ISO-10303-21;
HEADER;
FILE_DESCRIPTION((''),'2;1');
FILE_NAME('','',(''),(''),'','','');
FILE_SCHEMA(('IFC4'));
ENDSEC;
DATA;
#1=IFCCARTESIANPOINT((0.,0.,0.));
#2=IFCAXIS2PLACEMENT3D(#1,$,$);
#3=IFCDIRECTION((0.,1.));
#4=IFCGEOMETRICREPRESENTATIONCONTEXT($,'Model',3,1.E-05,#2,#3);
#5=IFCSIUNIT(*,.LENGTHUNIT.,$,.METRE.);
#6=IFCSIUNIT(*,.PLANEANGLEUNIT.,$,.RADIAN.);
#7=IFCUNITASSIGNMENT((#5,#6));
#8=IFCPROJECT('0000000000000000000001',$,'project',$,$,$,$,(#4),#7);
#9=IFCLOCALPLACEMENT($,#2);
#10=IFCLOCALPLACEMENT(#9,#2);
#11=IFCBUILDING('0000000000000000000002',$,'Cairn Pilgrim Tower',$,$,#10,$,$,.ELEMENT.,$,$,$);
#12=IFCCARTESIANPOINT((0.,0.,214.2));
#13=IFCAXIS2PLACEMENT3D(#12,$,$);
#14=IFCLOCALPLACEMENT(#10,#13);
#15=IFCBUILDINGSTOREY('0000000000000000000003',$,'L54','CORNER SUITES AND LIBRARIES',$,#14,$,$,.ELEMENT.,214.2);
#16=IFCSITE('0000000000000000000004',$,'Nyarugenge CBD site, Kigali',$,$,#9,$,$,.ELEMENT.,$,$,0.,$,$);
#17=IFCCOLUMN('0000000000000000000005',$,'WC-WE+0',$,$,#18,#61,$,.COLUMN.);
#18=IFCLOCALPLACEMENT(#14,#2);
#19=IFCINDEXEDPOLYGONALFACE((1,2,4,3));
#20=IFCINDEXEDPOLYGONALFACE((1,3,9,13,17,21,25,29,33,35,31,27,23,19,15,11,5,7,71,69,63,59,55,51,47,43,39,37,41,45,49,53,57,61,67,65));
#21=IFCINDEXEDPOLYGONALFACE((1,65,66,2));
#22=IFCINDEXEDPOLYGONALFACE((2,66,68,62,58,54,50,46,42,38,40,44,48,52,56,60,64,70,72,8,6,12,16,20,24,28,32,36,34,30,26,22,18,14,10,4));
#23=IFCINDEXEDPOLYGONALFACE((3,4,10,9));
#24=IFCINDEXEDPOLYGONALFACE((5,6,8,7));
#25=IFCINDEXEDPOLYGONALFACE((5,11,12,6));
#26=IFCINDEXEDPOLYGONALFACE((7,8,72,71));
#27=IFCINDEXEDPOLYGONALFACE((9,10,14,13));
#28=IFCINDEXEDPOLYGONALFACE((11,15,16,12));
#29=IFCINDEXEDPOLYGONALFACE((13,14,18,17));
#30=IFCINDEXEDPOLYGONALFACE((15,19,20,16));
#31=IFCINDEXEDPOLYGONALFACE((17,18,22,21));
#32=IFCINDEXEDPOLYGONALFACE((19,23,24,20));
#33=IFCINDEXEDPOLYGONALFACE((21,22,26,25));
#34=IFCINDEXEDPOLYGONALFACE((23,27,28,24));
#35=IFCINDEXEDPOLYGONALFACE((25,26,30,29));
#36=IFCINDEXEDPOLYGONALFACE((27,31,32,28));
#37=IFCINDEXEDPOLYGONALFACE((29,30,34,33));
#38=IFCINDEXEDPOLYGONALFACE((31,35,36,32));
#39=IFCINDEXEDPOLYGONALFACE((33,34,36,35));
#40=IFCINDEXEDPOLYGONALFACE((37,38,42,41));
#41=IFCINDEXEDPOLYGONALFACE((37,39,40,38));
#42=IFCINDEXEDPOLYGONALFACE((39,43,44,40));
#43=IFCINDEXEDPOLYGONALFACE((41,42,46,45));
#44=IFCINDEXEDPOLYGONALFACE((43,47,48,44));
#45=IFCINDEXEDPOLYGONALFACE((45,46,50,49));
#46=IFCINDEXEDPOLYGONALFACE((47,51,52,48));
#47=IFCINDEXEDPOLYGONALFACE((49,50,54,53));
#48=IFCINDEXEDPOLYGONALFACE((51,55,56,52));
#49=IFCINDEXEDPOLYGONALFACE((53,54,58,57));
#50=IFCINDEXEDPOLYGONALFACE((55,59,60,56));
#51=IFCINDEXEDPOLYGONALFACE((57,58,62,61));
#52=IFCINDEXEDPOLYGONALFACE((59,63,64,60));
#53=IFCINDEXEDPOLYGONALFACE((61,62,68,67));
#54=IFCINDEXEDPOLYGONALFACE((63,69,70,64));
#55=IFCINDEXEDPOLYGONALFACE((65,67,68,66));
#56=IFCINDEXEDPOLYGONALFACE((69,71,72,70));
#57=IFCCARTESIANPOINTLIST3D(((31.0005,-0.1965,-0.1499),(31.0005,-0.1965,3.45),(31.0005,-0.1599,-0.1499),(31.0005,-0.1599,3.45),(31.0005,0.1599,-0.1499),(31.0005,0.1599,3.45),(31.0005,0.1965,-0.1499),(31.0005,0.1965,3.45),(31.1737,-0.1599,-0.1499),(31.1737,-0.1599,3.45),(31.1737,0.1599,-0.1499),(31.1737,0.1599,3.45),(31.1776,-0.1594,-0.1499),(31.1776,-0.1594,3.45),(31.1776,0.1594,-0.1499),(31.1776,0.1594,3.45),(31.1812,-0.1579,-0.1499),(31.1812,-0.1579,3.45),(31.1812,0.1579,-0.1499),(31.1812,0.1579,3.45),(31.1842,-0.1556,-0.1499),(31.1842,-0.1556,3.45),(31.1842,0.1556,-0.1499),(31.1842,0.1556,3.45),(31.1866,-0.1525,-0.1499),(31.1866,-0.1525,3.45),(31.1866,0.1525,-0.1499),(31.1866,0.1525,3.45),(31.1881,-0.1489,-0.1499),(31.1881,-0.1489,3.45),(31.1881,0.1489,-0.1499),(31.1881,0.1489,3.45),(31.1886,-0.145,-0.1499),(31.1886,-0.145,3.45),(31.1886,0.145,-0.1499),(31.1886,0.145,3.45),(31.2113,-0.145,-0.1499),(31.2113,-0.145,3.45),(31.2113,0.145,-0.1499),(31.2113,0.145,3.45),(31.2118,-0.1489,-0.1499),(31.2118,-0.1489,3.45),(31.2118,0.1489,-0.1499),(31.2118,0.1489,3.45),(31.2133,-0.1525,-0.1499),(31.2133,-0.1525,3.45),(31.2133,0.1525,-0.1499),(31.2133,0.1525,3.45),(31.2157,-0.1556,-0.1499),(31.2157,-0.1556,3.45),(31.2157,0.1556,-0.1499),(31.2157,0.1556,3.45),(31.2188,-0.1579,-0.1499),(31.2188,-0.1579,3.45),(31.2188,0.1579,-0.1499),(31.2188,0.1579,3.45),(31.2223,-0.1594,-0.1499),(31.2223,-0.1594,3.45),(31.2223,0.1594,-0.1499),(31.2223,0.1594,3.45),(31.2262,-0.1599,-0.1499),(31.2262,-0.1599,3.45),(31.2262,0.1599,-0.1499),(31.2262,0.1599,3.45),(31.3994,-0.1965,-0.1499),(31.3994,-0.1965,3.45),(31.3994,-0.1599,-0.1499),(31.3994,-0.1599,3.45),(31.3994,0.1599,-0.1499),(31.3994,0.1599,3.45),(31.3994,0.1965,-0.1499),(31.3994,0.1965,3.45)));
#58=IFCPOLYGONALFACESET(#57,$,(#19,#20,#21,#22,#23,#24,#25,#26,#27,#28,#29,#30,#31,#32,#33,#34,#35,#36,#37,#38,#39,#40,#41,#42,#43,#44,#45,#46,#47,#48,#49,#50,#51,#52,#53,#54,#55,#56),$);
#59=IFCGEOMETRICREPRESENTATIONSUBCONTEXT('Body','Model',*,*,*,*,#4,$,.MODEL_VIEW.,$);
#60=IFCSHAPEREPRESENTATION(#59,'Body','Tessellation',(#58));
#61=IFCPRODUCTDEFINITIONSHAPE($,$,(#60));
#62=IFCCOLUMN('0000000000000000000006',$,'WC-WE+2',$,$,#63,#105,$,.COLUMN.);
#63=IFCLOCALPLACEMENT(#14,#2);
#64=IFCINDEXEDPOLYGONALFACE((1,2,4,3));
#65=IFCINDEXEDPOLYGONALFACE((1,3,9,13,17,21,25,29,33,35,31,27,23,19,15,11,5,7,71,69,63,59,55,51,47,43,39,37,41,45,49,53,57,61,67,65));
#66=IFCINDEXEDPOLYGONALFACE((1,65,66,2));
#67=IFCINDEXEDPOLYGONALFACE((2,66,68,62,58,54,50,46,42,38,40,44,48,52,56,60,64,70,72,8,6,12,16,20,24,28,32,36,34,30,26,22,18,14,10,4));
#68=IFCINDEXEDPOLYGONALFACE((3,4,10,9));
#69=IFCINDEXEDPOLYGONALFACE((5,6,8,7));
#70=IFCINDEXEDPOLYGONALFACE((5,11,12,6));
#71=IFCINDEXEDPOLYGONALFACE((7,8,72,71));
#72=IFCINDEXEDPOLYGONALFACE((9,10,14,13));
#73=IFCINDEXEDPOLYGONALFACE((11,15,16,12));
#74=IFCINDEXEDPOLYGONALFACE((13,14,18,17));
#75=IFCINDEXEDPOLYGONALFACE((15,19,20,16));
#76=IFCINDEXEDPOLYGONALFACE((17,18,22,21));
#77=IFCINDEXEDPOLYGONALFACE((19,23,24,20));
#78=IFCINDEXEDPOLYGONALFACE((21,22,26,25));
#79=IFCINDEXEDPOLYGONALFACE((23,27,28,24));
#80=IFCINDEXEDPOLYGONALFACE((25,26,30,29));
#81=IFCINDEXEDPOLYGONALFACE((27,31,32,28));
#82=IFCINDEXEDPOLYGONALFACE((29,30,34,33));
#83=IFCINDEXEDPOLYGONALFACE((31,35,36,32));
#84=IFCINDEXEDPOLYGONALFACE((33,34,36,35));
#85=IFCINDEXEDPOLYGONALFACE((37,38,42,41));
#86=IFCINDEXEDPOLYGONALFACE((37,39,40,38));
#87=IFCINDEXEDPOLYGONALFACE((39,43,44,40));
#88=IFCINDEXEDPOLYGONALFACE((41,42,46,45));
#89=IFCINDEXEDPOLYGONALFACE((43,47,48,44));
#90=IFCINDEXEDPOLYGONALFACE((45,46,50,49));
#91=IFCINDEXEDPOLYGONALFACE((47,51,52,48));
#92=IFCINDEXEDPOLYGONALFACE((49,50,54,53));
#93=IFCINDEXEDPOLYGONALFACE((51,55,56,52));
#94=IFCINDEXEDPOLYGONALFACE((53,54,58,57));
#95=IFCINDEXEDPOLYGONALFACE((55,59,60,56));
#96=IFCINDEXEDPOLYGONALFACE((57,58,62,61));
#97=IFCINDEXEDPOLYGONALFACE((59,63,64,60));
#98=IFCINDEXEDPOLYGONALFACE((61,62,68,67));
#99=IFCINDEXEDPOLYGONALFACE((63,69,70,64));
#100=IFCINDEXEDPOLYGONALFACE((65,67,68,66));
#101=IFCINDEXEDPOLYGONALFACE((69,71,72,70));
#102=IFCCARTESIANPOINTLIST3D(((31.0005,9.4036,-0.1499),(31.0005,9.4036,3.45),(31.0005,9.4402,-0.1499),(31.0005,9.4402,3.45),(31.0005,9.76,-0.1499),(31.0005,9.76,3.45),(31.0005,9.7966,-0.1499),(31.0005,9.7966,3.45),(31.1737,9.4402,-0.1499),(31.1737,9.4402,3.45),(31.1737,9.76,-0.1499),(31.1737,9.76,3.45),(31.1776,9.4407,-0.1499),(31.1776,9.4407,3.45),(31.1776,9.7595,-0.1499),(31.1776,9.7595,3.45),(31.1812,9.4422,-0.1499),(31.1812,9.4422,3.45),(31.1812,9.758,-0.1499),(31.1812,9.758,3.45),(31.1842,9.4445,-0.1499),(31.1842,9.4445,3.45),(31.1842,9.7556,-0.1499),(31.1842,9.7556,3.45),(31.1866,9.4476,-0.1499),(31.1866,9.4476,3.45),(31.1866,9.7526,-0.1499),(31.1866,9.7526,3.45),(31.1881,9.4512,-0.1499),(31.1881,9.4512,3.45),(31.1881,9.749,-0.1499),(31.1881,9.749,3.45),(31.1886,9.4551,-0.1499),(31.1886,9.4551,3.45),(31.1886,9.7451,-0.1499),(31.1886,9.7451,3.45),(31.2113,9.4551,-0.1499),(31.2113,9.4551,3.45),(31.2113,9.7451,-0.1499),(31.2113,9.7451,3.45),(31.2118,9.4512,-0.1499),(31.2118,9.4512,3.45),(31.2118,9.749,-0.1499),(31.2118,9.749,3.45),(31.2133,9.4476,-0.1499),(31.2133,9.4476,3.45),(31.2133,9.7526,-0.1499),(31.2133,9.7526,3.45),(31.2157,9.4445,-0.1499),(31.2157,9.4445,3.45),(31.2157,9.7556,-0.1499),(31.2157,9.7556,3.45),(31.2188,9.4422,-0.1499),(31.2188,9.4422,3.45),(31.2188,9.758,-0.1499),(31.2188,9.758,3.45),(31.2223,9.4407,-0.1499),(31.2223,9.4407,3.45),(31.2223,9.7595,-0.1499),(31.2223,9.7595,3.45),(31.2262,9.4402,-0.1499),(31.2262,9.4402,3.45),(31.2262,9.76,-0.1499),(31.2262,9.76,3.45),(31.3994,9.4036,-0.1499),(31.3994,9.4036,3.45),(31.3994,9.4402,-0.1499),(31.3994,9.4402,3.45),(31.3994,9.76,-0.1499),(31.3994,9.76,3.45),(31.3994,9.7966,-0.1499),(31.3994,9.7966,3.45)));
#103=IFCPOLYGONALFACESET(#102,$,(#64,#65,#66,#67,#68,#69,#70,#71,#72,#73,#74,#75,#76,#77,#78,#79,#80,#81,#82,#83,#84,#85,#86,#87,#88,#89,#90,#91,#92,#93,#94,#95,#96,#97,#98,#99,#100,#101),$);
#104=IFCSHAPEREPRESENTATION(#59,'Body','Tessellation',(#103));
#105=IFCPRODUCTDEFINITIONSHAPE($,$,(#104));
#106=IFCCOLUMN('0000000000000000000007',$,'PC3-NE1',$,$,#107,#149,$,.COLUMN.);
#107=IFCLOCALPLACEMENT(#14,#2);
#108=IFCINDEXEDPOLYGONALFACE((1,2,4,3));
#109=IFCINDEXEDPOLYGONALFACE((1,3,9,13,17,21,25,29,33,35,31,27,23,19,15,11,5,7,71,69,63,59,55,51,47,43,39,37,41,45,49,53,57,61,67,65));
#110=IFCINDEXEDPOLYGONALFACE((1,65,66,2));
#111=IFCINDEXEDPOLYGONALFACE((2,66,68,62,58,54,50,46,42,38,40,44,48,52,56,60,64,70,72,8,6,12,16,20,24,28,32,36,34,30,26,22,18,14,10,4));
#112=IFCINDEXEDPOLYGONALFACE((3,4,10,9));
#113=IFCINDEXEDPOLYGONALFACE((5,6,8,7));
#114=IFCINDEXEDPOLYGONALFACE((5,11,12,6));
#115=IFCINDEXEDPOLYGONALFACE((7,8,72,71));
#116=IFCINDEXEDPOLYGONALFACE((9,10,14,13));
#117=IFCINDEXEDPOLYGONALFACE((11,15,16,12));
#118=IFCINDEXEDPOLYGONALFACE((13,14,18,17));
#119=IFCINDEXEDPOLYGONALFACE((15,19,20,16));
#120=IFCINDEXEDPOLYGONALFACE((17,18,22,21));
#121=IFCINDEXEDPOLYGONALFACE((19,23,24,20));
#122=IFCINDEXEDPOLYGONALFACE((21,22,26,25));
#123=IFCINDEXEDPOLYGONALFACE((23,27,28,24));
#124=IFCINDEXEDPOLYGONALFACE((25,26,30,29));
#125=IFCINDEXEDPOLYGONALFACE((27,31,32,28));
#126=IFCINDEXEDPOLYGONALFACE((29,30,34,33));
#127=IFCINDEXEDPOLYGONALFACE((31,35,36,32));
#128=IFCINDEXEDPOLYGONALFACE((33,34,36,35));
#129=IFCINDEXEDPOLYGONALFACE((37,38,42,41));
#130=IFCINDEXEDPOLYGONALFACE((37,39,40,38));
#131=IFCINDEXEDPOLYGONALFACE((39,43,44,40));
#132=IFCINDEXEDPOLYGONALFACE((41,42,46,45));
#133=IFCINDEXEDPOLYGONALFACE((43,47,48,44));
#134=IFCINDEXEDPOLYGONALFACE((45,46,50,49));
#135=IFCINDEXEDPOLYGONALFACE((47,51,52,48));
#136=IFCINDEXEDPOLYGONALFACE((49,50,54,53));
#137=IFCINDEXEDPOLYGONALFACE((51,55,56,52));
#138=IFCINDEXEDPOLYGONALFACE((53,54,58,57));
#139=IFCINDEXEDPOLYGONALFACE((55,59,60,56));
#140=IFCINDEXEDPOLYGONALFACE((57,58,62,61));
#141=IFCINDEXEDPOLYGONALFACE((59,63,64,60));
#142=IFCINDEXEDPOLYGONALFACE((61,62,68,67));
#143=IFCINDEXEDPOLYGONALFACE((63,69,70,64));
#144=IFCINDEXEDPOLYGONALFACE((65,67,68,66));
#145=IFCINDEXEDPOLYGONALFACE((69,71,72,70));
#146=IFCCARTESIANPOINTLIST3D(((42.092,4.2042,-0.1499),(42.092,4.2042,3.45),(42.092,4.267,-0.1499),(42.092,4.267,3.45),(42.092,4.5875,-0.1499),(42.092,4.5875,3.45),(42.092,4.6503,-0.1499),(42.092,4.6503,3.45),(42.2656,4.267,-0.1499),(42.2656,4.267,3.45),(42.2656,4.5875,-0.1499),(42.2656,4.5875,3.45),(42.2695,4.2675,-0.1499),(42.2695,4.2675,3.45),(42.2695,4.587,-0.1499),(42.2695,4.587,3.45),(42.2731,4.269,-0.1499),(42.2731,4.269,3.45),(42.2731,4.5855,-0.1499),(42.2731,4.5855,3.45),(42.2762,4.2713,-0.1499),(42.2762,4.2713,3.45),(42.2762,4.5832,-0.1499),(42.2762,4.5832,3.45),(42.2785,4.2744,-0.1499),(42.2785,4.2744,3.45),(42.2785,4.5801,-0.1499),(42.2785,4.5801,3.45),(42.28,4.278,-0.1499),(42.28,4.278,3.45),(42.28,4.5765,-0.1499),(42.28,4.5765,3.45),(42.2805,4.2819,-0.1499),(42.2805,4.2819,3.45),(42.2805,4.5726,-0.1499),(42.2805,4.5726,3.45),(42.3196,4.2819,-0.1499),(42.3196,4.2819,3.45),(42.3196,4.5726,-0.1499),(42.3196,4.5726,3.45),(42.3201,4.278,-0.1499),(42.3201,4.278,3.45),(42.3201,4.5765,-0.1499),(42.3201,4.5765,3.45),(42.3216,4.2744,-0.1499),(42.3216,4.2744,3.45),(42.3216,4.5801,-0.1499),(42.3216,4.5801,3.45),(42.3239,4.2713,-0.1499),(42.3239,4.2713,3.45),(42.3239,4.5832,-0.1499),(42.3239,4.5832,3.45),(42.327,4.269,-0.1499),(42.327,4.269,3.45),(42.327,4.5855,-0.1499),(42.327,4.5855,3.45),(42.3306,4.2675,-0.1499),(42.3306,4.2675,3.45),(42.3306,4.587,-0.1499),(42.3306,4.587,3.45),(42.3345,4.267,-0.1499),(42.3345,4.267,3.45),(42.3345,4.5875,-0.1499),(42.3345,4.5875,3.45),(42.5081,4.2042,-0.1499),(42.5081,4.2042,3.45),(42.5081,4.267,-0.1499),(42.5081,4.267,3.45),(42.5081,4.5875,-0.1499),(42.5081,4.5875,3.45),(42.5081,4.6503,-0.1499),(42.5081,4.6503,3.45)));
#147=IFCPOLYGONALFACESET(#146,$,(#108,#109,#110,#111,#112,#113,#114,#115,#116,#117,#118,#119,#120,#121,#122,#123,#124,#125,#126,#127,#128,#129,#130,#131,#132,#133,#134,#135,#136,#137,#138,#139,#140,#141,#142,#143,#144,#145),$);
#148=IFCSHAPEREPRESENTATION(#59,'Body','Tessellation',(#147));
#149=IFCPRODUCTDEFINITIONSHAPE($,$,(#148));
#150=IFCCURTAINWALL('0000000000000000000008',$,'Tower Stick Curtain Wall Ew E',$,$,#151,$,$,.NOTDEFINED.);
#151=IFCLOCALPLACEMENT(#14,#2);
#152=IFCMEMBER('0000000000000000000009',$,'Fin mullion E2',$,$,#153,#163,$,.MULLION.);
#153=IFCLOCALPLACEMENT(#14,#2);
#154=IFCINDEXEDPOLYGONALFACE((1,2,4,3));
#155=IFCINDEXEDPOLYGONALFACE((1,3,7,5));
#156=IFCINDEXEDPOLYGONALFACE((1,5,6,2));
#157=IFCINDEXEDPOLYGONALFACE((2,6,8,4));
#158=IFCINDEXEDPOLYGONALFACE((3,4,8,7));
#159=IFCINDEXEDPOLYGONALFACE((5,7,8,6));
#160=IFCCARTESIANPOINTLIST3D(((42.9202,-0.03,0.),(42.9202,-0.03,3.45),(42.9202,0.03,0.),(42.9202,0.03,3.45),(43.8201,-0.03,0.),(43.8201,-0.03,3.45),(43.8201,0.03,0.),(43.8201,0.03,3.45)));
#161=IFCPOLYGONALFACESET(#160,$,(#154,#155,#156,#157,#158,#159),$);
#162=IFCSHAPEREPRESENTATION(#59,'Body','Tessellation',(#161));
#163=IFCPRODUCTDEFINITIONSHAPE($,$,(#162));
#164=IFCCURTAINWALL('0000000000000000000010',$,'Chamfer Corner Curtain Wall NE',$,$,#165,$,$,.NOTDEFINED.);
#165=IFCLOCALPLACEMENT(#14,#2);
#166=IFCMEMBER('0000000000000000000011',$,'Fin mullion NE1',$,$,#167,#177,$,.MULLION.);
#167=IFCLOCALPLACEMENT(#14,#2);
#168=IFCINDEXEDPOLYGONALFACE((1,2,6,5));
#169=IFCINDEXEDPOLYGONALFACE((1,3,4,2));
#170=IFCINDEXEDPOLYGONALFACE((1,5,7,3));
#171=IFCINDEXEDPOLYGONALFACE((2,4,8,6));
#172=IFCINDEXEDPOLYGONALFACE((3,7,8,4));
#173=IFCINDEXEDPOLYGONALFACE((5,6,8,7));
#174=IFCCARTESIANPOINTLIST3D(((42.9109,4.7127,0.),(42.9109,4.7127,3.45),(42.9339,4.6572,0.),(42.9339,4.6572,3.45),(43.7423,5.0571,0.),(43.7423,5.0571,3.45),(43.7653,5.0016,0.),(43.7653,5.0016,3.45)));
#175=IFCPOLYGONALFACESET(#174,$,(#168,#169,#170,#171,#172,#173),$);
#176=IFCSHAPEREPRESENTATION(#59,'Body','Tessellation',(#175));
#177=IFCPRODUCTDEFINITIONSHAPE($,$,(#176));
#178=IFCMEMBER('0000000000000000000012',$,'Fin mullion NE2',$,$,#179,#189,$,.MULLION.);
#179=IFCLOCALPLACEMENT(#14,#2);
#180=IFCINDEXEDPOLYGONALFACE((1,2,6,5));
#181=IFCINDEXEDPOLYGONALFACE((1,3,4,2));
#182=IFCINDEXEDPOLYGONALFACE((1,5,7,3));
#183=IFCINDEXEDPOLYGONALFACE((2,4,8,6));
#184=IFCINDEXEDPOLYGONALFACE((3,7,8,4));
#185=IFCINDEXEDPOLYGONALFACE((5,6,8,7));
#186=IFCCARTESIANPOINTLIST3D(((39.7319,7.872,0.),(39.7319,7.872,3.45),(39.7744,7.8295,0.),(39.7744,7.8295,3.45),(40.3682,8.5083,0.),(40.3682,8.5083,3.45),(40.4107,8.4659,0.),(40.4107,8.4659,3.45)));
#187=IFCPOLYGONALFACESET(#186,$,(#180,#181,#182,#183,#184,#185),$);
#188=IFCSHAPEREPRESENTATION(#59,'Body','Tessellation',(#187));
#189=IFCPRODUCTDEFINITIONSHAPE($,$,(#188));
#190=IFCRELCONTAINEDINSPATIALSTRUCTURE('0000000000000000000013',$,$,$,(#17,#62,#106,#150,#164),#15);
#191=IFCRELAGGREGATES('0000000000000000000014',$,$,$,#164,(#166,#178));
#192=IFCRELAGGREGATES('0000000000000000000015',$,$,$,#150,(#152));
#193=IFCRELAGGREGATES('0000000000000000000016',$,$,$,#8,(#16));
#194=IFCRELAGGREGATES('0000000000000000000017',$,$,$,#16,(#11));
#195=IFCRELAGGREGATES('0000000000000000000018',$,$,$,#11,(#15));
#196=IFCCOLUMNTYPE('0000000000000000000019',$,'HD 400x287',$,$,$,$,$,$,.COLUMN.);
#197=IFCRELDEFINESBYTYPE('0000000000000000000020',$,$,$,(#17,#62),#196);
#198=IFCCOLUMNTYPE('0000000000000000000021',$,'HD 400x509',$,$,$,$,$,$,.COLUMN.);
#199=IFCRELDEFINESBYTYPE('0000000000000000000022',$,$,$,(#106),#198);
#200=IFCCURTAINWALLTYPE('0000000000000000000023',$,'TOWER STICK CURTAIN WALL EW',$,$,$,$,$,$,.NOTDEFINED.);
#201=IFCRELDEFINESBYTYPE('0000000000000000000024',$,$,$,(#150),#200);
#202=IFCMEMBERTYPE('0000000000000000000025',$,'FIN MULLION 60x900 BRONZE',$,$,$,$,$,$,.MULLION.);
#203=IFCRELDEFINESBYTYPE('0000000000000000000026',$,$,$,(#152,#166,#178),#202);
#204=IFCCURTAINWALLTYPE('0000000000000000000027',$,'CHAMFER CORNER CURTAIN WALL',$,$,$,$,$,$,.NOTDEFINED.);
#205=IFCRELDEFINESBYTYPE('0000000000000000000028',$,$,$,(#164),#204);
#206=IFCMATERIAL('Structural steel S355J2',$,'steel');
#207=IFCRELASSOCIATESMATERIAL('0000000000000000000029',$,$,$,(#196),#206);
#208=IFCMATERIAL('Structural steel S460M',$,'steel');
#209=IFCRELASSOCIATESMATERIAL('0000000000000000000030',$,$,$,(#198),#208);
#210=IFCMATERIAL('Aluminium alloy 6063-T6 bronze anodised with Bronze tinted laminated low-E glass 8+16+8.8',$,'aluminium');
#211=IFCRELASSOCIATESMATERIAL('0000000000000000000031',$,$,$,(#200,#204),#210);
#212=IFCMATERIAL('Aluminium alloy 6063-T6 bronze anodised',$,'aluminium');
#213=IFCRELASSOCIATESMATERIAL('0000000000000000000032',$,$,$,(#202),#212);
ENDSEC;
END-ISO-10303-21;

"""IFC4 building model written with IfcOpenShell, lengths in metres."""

from ifc_helpers import new_model, si_unit, direction, frame, origin, origin_2d, place, context, subcontext, project, spatial, rectangle, i_section, extrude, material, material_profile, profile_set, type_object, element, aggregate, save


model = new_model("IFC4")

# Units and contexts
model_context = context("Model", 3, precision=1e-05, world=origin(), true_north=direction((0.0, 1.0)))
body_context = subcontext(model_context, "Body", "Model", "MODEL_VIEW")
ifc_project = project(units=[si_unit("LENGTHUNIT", "METRE"), si_unit("PLANEANGLEUNIT", "RADIAN")], contexts=[model_context])

# Site, building, storey
site_placement = place(None, origin())
site = spatial("IfcSite", under=ifc_project, at=site_placement, Name="Nyarugenge CBD site, Kigali", CompositionType="ELEMENT", RefElevation=0.0)
building_placement = place(site_placement, origin())
building = spatial("IfcBuilding", under=site, at=building_placement, Name="Cairn Pilgrim Tower", CompositionType="ELEMENT")
storey_placement = place(building_placement, frame((0.0, 0.0, 214.2)))
storey = spatial("IfcBuildingStorey", under=building, at=storey_placement, Name="L54", Description="CORNER SUITES AND LIBRARIES", CompositionType="ELEMENT", Elevation=214.2)

# Columns
ifc_material_1 = material(Name="Structural steel S355J2", Category="steel")
ifc_material_profile_1 = material_profile(ifc_material_1, i_section(OverallWidth=0.3989, OverallDepth=0.3931, WebThickness=0.0227, FlangeThickness=0.0366, FilletRadius=0.0149, at=origin_2d()), Name="HD 400x287")
ifc_profile_set_1 = profile_set([ifc_material_profile_1], Name="Structural steel S355J2")
column_type_1 = type_object("IfcColumnType", Name="HD 400x287", PredefinedType="COLUMN", material=ifc_profile_set_1)
for number, where, z_axis, x_axis, name in (
    (1, (31.2, 0.0, -0.1499), (0.0, 0.0, 1.0), (1.0, 0.0, 0.0), "WC-WE+0"),
    (2, (31.2, 9.6001, -0.1499), (0.0, 0.0, 1.0), (1.0, 0.0, 0.0), "WC-WE+2"),
):
    element("IfcColumn", number, at=place(storey_placement, frame(where, z_axis=z_axis, x_axis=x_axis)), inside=storey, type_object=column_type_1, Name=name, PredefinedType="COLUMN", context=body_context, shape_type="SweptSolid", body=[
        extrude(i_section(OverallWidth=0.3989, OverallDepth=0.3931, WebThickness=0.0227, FlangeThickness=0.0366, FilletRadius=0.0149, at=origin_2d()), origin(), (0.0, 0.0, 1.0), 3.5999),
    ])
ifc_material_2 = material(Name="Structural steel S460M", Category="steel")
ifc_material_profile_2 = material_profile(ifc_material_2, i_section(OverallWidth=0.416, OverallDepth=0.446, WebThickness=0.0391, FlangeThickness=0.0627, FilletRadius=0.0149, at=origin_2d()), Name="HD 400x509")
ifc_profile_set_2 = profile_set([ifc_material_profile_2], Name="Structural steel S460M")
column_type_2 = type_object("IfcColumnType", Name="HD 400x509", PredefinedType="COLUMN", material=ifc_profile_set_2)
column_placement = place(storey_placement, frame((42.3, 4.4272, -0.1499), z_axis=(0.0, 0.0, 1.0), x_axis=(1.0, 0.0, 0.0)))
element("IfcColumn", 3, at=column_placement, inside=storey, type_object=column_type_2, Name="PC3-NE1", PredefinedType="COLUMN", context=body_context, shape_type="SweptSolid", body=[
    extrude(i_section(OverallWidth=0.416, OverallDepth=0.446, WebThickness=0.0391, FlangeThickness=0.0627, FilletRadius=0.0149, at=origin_2d()), origin(), (0.0, 0.0, 1.0), 3.5999),
])

# Curtain wall, member
ifc_material_3 = material(Name="Aluminium alloy 6063-T6 bronze anodised with Bronze tinted laminated low-E glass 8+16+8.8", Category="aluminium")
curtain_wall_type_1 = type_object("IfcCurtainWallType", Name="TOWER STICK CURTAIN WALL EW", PredefinedType="NOTDEFINED", material=ifc_material_3)
curtain_wall_1_placement = place(storey_placement, origin())
curtain_wall_1 = element("IfcCurtainWall", 4, at=curtain_wall_1_placement, inside=storey, type_object=curtain_wall_type_1, Name="Tower Stick Curtain Wall Ew E", PredefinedType="NOTDEFINED")
ifc_material_4 = material(Name="Aluminium alloy 6063-T6 bronze anodised", Category="aluminium")
ifc_material_profile_3 = material_profile(ifc_material_4, rectangle(XDim=0.8999, YDim=0.0601, at=origin_2d()), Name="FIN MULLION 60x900 BRONZE")
ifc_profile_set_3 = profile_set([ifc_material_profile_3], Name="Aluminium alloy 6063-T6 bronze anodised")
member_type_1 = type_object("IfcMemberType", Name="FIN MULLION 60x900 BRONZE", PredefinedType="MULLION", material=ifc_profile_set_3)
member_1_placement = place(storey_placement, frame((43.3701, 0.0, 0.0), z_axis=(0.0, 0.0, 1.0), x_axis=(1.0, 0.0, 0.0)))
member_1 = element("IfcMember", 5, at=member_1_placement, type_object=member_type_1, Name="Fin mullion E2", PredefinedType="MULLION", context=body_context, shape_type="SweptSolid", body=[
    extrude(rectangle(XDim=0.8999, YDim=0.0601, at=origin_2d()), origin(), (0.0, 0.0, 1.0), 3.45),
])

# Curtain wall, members
curtain_wall_type_2 = type_object("IfcCurtainWallType", Name="CHAMFER CORNER CURTAIN WALL", PredefinedType="NOTDEFINED", material=ifc_material_3)
curtain_wall_2_placement = place(storey_placement, origin())
curtain_wall_2 = element("IfcCurtainWall", 6, at=curtain_wall_2_placement, inside=storey, type_object=curtain_wall_type_2, Name="Chamfer Corner Curtain Wall NE", PredefinedType="NOTDEFINED")
member_2_placement = place(storey_placement, frame((43.3381, 4.8572, 0.0), z_axis=(0.0, 0.0, 1.0), x_axis=(0.92388, 0.382683, 0.0)))
member_2 = element("IfcMember", 7, at=member_2_placement, type_object=member_type_1, Name="Fin mullion NE1", PredefinedType="MULLION", context=body_context, shape_type="SweptSolid", body=[
    extrude(rectangle(XDim=0.8999, YDim=0.0601, at=origin_2d()), origin(), (0.0, 0.0, 1.0), 3.45),
])
member_3_placement = place(storey_placement, frame((40.0713, 8.1689, 0.0), z_axis=(0.0, 0.0, 1.0), x_axis=(0.707107, 0.707107, 0.0)))
member_3 = element("IfcMember", 8, at=member_3_placement, type_object=member_type_1, Name="Fin mullion NE2", PredefinedType="MULLION", context=body_context, shape_type="SweptSolid", body=[
    extrude(rectangle(XDim=0.8999, YDim=0.0601, at=origin_2d()), origin(), (0.0, 0.0, 1.0), 3.45),
])
aggregate(curtain_wall_2, [member_2, member_3])

aggregate(curtain_wall_1, [member_1])

save(model, "model.ifc")
